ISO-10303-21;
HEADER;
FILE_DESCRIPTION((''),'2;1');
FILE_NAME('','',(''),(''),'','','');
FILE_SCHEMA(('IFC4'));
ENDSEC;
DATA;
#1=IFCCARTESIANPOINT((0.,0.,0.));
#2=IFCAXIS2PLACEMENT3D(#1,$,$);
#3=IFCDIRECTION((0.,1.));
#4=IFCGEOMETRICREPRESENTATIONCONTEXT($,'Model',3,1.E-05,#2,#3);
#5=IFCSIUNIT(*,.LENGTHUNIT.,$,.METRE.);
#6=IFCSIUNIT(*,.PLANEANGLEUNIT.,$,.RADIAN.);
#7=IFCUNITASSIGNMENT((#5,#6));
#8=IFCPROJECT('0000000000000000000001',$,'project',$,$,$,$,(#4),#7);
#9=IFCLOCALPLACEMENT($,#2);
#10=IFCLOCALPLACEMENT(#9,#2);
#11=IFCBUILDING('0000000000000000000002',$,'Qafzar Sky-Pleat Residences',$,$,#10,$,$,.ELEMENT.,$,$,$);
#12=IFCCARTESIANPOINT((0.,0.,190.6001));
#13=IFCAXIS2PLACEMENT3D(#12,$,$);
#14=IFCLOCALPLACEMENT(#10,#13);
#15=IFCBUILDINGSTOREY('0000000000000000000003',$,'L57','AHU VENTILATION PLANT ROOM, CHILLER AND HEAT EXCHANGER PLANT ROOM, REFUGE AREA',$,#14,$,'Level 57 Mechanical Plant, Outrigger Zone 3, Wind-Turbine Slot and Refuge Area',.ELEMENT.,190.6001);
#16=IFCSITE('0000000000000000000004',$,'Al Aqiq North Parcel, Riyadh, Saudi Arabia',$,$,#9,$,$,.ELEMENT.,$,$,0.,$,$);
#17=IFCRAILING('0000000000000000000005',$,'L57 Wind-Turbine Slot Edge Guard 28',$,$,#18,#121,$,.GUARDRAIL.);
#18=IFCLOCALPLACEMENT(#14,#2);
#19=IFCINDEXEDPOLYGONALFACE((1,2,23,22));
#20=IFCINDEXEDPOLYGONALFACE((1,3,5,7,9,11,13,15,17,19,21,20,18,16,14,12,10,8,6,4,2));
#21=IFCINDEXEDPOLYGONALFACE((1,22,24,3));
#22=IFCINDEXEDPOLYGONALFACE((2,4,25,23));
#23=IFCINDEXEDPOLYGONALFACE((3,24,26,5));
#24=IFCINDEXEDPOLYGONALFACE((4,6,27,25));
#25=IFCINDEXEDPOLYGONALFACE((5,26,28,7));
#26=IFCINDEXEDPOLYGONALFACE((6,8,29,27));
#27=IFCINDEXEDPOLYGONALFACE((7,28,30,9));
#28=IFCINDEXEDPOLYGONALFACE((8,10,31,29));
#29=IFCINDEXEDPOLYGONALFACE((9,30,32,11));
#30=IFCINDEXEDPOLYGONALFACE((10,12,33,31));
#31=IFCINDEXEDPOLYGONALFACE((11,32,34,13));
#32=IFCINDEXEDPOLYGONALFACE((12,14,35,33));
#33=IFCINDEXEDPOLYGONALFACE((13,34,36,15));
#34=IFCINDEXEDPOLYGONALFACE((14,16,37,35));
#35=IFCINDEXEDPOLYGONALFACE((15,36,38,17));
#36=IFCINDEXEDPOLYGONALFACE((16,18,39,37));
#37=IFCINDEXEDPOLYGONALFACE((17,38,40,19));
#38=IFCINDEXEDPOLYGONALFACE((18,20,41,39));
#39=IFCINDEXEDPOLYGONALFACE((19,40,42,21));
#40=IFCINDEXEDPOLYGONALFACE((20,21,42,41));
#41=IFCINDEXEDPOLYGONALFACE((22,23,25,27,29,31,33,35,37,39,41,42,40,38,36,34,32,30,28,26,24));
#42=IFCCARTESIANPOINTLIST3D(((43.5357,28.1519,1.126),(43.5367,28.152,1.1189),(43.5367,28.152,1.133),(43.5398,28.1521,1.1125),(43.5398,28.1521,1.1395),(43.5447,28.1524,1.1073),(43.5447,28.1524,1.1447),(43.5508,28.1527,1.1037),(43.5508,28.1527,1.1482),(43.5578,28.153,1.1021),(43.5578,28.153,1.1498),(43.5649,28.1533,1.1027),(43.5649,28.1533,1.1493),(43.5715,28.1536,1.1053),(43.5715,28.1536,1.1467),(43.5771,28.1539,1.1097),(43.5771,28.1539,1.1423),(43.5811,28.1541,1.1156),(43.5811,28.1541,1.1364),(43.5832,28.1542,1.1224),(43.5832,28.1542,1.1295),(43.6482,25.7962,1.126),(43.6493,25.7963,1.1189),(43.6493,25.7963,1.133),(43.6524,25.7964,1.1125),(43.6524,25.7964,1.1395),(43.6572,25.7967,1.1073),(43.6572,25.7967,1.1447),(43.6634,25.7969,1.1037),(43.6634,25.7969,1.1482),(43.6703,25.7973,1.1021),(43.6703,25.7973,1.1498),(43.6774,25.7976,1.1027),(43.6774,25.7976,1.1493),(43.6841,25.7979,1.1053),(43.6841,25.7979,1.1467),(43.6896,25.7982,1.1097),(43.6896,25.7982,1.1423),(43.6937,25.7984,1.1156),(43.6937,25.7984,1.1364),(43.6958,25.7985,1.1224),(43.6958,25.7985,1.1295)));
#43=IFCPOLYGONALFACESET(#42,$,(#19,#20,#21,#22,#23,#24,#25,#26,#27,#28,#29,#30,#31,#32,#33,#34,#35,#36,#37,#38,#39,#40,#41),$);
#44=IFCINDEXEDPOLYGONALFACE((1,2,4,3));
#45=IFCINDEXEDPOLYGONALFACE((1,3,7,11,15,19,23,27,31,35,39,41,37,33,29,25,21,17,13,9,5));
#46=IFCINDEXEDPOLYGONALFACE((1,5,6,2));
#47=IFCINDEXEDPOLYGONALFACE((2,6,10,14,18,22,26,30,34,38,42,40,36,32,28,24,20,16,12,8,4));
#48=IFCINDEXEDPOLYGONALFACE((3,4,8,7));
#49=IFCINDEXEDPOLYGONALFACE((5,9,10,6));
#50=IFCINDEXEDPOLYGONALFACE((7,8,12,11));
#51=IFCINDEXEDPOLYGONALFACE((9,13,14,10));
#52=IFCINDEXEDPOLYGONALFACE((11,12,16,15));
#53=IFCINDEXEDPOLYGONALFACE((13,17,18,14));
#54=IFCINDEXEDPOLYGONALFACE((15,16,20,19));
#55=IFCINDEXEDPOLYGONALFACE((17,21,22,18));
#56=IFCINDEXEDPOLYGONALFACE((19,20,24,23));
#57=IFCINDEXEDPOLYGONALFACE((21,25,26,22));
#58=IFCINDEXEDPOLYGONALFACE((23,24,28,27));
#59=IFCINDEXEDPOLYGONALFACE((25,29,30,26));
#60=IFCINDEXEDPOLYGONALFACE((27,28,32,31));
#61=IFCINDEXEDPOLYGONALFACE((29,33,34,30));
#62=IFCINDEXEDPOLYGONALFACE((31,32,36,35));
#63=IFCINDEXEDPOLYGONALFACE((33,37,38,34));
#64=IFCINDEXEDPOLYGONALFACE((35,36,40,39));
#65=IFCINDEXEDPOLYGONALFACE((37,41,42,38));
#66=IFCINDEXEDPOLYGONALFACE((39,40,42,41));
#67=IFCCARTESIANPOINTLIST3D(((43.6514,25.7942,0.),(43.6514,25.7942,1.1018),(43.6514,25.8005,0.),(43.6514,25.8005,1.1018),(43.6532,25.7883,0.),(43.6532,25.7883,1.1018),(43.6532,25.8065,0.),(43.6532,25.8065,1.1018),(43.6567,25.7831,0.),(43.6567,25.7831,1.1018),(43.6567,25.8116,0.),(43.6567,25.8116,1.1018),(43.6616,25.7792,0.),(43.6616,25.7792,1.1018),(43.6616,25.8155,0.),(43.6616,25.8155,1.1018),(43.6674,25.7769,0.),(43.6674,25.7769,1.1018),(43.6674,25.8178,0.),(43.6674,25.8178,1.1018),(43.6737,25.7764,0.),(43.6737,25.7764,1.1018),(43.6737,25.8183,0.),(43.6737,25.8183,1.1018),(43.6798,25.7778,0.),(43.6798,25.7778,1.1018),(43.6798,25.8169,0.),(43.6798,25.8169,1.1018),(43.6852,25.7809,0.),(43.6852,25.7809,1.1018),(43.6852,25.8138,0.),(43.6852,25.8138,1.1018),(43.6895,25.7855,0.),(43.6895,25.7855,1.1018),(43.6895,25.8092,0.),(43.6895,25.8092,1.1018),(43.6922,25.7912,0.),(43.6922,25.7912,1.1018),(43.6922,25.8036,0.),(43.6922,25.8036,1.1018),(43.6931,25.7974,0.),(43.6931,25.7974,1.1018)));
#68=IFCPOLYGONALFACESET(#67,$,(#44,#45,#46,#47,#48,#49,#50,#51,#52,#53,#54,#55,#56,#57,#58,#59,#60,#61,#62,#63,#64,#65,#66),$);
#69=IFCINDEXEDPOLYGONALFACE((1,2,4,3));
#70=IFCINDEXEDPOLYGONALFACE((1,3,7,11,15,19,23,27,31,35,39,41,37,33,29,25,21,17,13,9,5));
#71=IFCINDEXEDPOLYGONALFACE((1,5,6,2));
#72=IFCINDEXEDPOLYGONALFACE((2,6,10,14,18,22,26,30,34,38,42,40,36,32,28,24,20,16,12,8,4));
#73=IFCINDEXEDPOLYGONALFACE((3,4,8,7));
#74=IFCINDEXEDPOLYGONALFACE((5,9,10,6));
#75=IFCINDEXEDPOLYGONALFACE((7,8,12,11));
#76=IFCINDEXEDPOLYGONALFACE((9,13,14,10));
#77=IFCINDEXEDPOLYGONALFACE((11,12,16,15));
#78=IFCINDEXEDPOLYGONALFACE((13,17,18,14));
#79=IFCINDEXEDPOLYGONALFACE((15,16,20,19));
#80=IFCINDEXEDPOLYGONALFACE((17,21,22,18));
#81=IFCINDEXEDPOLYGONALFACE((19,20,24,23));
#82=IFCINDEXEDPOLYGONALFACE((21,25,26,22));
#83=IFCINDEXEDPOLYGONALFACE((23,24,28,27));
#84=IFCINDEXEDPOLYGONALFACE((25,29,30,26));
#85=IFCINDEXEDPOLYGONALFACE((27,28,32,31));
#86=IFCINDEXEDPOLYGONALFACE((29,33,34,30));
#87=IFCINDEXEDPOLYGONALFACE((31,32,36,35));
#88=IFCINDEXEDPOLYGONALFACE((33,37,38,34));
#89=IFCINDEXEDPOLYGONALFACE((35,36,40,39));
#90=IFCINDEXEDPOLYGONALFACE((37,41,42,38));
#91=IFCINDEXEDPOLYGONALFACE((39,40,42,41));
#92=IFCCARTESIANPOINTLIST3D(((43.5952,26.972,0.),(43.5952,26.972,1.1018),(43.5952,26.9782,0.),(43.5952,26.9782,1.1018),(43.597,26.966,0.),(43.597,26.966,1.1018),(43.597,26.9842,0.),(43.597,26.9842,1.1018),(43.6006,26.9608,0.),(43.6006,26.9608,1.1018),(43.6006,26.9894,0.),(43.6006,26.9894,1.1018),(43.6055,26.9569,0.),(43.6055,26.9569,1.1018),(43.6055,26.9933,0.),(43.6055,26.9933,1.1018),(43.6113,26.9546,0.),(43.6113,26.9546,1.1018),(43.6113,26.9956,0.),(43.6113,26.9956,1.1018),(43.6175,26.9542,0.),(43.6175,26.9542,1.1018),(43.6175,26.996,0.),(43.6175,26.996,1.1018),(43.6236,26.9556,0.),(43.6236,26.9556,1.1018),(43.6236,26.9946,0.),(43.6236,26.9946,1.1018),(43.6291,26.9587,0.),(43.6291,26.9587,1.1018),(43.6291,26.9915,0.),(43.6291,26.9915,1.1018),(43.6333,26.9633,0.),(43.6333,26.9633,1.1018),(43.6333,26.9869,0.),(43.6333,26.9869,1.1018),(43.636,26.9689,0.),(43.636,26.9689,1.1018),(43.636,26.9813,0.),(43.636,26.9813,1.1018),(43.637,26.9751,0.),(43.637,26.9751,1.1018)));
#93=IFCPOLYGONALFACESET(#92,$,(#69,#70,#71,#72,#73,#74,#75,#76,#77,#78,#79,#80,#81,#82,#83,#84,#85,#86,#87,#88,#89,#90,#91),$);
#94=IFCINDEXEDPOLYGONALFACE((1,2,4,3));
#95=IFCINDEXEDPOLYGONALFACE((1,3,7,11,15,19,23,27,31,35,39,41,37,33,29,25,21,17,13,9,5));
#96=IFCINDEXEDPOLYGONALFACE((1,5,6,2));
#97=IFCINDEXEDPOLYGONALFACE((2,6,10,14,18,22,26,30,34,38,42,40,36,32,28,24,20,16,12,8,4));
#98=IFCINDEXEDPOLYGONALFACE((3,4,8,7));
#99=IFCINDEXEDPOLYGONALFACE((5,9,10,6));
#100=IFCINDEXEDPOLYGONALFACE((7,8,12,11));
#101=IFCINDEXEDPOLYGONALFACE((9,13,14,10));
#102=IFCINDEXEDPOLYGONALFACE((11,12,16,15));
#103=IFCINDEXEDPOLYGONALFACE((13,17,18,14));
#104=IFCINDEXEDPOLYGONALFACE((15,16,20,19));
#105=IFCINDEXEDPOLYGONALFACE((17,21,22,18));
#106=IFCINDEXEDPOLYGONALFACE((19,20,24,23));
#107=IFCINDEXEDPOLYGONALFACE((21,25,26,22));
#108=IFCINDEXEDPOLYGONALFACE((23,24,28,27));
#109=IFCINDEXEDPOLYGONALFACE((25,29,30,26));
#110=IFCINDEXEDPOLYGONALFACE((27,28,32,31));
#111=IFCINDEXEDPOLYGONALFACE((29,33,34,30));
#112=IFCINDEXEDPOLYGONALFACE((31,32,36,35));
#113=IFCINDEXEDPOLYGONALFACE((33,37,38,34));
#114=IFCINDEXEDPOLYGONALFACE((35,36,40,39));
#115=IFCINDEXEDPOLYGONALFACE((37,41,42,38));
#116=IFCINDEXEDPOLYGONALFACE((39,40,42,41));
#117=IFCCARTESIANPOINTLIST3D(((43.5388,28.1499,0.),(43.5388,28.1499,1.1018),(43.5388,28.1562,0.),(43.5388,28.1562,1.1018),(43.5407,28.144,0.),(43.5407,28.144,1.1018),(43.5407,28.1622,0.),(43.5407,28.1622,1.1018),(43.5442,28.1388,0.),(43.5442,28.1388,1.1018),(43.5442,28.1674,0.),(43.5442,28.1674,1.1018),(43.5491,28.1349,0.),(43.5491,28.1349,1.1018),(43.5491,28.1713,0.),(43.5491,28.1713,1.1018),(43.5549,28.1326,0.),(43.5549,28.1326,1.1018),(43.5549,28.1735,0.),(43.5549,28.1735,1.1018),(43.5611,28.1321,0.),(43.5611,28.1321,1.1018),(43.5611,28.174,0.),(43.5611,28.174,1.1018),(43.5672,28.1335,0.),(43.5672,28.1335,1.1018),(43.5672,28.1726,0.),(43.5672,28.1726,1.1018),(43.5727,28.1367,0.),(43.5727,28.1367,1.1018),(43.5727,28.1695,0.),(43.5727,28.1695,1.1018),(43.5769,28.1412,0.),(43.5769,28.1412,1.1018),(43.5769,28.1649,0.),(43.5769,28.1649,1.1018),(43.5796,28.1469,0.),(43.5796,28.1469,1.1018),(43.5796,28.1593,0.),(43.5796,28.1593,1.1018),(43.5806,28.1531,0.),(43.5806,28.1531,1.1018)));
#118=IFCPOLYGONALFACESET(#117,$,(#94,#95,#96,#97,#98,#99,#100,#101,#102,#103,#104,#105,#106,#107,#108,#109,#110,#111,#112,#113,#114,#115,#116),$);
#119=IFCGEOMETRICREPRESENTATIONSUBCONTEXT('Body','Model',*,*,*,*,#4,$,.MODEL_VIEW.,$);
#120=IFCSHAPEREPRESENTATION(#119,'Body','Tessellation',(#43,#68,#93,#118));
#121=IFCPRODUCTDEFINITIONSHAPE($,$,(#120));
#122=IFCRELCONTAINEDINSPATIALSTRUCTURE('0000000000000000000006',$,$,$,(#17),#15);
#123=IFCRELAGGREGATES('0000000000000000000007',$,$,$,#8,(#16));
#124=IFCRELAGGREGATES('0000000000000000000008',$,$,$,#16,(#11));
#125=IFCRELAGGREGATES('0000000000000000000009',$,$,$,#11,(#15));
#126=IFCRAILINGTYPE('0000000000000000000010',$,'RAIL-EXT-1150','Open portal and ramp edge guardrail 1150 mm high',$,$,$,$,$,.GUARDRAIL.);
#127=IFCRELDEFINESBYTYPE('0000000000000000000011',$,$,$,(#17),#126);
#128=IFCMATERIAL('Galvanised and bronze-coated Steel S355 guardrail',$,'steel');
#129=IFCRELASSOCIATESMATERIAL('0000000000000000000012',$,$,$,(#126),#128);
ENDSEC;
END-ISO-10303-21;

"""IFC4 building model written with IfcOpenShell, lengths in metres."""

from ifc_helpers import new_model, si_unit, direction, frame, origin, origin_2d, place, context, subcontext, project, spatial, circle, extrude, source, transform, mapped, material, type_object, element, save


model = new_model("IFC4")

# Units and contexts
model_context = context("Model", 3, precision=1e-05, world=origin(), true_north=direction((0.0, 1.0)))
body_context = subcontext(model_context, "Body", "Model", "MODEL_VIEW")
ifc_project = project(units=[si_unit("LENGTHUNIT", "METRE"), si_unit("PLANEANGLEUNIT", "RADIAN")], contexts=[model_context])

# Site, building, storey
site_placement = place(None, origin())
site = spatial("IfcSite", under=ifc_project, at=site_placement, Name="Al Aqiq North Parcel, Riyadh, Saudi Arabia", CompositionType="ELEMENT", RefElevation=0.0)
building_placement = place(site_placement, origin())
building = spatial("IfcBuilding", under=site, at=building_placement, Name="Qafzar Sky-Pleat Residences", CompositionType="ELEMENT")
storey_placement = place(building_placement, frame((0.0, 0.0, 190.6001)))
storey = spatial("IfcBuildingStorey", under=building, at=storey_placement, Name="L57", Description="AHU VENTILATION PLANT ROOM, CHILLER AND HEAT EXCHANGER PLANT ROOM, REFUGE AREA", LongName="Level 57 Mechanical Plant, Outrigger Zone 3, Wind-Turbine Slot and Refuge Area", CompositionType="ELEMENT", Elevation=190.6001)

# Railing
ifc_material_1 = material(Name="Galvanised and bronze-coated Steel S355 guardrail", Category="steel")
railing_type = type_object("IfcRailingType", Name="RAIL-EXT-1150", Description="Open portal and ramp edge guardrail 1150 mm high", PredefinedType="GUARDRAIL", material=ifc_material_1)
shared_shape_1 = source(origin(), body_context, "Body", "SweptSolid", [
    extrude(circle(Radius=0.0239, at=origin_2d()), frame((0.0, 0.0, 1.126), z_axis=(-0.047723, 0.998861, 0.0), x_axis=(-0.998861, -0.047723, 0.0)), (0.0, 0.0, 1.0), 2.3584),
    extrude(circle(Radius=0.021, at=origin_2d()), origin(), (0.0, 0.0, 1.0), 1.1018),
    extrude(circle(Radius=0.021, at=origin_2d()), frame((-0.0562, 1.1777, 0.0)), (0.0, 0.0, 1.0), 1.1018),
    extrude(circle(Radius=0.021, at=origin_2d()), frame((-0.1125, 2.3557, 0.0)), (0.0, 0.0, 1.0), 1.1018),
])
railing_1_placement = place(storey_placement, frame((43.6721, 25.7974, 0.0)))
element("IfcRailing", 1, at=railing_1_placement, inside=storey, type_object=railing_type, Name="L57 Wind-Turbine Slot Edge Guard 28", PredefinedType="GUARDRAIL", context=body_context, shape_type="MappedRepresentation", body=[
    mapped(shared_shape_1, transform((0.0, 0.0, 0.0), x_axis=(1.0, 0.0, 0.0), y_axis=(0.0, 1.0, 0.0), z_axis=(0.0, 0.0, 1.0), scale=1.0)),
])

save(model, "model.ifc")
